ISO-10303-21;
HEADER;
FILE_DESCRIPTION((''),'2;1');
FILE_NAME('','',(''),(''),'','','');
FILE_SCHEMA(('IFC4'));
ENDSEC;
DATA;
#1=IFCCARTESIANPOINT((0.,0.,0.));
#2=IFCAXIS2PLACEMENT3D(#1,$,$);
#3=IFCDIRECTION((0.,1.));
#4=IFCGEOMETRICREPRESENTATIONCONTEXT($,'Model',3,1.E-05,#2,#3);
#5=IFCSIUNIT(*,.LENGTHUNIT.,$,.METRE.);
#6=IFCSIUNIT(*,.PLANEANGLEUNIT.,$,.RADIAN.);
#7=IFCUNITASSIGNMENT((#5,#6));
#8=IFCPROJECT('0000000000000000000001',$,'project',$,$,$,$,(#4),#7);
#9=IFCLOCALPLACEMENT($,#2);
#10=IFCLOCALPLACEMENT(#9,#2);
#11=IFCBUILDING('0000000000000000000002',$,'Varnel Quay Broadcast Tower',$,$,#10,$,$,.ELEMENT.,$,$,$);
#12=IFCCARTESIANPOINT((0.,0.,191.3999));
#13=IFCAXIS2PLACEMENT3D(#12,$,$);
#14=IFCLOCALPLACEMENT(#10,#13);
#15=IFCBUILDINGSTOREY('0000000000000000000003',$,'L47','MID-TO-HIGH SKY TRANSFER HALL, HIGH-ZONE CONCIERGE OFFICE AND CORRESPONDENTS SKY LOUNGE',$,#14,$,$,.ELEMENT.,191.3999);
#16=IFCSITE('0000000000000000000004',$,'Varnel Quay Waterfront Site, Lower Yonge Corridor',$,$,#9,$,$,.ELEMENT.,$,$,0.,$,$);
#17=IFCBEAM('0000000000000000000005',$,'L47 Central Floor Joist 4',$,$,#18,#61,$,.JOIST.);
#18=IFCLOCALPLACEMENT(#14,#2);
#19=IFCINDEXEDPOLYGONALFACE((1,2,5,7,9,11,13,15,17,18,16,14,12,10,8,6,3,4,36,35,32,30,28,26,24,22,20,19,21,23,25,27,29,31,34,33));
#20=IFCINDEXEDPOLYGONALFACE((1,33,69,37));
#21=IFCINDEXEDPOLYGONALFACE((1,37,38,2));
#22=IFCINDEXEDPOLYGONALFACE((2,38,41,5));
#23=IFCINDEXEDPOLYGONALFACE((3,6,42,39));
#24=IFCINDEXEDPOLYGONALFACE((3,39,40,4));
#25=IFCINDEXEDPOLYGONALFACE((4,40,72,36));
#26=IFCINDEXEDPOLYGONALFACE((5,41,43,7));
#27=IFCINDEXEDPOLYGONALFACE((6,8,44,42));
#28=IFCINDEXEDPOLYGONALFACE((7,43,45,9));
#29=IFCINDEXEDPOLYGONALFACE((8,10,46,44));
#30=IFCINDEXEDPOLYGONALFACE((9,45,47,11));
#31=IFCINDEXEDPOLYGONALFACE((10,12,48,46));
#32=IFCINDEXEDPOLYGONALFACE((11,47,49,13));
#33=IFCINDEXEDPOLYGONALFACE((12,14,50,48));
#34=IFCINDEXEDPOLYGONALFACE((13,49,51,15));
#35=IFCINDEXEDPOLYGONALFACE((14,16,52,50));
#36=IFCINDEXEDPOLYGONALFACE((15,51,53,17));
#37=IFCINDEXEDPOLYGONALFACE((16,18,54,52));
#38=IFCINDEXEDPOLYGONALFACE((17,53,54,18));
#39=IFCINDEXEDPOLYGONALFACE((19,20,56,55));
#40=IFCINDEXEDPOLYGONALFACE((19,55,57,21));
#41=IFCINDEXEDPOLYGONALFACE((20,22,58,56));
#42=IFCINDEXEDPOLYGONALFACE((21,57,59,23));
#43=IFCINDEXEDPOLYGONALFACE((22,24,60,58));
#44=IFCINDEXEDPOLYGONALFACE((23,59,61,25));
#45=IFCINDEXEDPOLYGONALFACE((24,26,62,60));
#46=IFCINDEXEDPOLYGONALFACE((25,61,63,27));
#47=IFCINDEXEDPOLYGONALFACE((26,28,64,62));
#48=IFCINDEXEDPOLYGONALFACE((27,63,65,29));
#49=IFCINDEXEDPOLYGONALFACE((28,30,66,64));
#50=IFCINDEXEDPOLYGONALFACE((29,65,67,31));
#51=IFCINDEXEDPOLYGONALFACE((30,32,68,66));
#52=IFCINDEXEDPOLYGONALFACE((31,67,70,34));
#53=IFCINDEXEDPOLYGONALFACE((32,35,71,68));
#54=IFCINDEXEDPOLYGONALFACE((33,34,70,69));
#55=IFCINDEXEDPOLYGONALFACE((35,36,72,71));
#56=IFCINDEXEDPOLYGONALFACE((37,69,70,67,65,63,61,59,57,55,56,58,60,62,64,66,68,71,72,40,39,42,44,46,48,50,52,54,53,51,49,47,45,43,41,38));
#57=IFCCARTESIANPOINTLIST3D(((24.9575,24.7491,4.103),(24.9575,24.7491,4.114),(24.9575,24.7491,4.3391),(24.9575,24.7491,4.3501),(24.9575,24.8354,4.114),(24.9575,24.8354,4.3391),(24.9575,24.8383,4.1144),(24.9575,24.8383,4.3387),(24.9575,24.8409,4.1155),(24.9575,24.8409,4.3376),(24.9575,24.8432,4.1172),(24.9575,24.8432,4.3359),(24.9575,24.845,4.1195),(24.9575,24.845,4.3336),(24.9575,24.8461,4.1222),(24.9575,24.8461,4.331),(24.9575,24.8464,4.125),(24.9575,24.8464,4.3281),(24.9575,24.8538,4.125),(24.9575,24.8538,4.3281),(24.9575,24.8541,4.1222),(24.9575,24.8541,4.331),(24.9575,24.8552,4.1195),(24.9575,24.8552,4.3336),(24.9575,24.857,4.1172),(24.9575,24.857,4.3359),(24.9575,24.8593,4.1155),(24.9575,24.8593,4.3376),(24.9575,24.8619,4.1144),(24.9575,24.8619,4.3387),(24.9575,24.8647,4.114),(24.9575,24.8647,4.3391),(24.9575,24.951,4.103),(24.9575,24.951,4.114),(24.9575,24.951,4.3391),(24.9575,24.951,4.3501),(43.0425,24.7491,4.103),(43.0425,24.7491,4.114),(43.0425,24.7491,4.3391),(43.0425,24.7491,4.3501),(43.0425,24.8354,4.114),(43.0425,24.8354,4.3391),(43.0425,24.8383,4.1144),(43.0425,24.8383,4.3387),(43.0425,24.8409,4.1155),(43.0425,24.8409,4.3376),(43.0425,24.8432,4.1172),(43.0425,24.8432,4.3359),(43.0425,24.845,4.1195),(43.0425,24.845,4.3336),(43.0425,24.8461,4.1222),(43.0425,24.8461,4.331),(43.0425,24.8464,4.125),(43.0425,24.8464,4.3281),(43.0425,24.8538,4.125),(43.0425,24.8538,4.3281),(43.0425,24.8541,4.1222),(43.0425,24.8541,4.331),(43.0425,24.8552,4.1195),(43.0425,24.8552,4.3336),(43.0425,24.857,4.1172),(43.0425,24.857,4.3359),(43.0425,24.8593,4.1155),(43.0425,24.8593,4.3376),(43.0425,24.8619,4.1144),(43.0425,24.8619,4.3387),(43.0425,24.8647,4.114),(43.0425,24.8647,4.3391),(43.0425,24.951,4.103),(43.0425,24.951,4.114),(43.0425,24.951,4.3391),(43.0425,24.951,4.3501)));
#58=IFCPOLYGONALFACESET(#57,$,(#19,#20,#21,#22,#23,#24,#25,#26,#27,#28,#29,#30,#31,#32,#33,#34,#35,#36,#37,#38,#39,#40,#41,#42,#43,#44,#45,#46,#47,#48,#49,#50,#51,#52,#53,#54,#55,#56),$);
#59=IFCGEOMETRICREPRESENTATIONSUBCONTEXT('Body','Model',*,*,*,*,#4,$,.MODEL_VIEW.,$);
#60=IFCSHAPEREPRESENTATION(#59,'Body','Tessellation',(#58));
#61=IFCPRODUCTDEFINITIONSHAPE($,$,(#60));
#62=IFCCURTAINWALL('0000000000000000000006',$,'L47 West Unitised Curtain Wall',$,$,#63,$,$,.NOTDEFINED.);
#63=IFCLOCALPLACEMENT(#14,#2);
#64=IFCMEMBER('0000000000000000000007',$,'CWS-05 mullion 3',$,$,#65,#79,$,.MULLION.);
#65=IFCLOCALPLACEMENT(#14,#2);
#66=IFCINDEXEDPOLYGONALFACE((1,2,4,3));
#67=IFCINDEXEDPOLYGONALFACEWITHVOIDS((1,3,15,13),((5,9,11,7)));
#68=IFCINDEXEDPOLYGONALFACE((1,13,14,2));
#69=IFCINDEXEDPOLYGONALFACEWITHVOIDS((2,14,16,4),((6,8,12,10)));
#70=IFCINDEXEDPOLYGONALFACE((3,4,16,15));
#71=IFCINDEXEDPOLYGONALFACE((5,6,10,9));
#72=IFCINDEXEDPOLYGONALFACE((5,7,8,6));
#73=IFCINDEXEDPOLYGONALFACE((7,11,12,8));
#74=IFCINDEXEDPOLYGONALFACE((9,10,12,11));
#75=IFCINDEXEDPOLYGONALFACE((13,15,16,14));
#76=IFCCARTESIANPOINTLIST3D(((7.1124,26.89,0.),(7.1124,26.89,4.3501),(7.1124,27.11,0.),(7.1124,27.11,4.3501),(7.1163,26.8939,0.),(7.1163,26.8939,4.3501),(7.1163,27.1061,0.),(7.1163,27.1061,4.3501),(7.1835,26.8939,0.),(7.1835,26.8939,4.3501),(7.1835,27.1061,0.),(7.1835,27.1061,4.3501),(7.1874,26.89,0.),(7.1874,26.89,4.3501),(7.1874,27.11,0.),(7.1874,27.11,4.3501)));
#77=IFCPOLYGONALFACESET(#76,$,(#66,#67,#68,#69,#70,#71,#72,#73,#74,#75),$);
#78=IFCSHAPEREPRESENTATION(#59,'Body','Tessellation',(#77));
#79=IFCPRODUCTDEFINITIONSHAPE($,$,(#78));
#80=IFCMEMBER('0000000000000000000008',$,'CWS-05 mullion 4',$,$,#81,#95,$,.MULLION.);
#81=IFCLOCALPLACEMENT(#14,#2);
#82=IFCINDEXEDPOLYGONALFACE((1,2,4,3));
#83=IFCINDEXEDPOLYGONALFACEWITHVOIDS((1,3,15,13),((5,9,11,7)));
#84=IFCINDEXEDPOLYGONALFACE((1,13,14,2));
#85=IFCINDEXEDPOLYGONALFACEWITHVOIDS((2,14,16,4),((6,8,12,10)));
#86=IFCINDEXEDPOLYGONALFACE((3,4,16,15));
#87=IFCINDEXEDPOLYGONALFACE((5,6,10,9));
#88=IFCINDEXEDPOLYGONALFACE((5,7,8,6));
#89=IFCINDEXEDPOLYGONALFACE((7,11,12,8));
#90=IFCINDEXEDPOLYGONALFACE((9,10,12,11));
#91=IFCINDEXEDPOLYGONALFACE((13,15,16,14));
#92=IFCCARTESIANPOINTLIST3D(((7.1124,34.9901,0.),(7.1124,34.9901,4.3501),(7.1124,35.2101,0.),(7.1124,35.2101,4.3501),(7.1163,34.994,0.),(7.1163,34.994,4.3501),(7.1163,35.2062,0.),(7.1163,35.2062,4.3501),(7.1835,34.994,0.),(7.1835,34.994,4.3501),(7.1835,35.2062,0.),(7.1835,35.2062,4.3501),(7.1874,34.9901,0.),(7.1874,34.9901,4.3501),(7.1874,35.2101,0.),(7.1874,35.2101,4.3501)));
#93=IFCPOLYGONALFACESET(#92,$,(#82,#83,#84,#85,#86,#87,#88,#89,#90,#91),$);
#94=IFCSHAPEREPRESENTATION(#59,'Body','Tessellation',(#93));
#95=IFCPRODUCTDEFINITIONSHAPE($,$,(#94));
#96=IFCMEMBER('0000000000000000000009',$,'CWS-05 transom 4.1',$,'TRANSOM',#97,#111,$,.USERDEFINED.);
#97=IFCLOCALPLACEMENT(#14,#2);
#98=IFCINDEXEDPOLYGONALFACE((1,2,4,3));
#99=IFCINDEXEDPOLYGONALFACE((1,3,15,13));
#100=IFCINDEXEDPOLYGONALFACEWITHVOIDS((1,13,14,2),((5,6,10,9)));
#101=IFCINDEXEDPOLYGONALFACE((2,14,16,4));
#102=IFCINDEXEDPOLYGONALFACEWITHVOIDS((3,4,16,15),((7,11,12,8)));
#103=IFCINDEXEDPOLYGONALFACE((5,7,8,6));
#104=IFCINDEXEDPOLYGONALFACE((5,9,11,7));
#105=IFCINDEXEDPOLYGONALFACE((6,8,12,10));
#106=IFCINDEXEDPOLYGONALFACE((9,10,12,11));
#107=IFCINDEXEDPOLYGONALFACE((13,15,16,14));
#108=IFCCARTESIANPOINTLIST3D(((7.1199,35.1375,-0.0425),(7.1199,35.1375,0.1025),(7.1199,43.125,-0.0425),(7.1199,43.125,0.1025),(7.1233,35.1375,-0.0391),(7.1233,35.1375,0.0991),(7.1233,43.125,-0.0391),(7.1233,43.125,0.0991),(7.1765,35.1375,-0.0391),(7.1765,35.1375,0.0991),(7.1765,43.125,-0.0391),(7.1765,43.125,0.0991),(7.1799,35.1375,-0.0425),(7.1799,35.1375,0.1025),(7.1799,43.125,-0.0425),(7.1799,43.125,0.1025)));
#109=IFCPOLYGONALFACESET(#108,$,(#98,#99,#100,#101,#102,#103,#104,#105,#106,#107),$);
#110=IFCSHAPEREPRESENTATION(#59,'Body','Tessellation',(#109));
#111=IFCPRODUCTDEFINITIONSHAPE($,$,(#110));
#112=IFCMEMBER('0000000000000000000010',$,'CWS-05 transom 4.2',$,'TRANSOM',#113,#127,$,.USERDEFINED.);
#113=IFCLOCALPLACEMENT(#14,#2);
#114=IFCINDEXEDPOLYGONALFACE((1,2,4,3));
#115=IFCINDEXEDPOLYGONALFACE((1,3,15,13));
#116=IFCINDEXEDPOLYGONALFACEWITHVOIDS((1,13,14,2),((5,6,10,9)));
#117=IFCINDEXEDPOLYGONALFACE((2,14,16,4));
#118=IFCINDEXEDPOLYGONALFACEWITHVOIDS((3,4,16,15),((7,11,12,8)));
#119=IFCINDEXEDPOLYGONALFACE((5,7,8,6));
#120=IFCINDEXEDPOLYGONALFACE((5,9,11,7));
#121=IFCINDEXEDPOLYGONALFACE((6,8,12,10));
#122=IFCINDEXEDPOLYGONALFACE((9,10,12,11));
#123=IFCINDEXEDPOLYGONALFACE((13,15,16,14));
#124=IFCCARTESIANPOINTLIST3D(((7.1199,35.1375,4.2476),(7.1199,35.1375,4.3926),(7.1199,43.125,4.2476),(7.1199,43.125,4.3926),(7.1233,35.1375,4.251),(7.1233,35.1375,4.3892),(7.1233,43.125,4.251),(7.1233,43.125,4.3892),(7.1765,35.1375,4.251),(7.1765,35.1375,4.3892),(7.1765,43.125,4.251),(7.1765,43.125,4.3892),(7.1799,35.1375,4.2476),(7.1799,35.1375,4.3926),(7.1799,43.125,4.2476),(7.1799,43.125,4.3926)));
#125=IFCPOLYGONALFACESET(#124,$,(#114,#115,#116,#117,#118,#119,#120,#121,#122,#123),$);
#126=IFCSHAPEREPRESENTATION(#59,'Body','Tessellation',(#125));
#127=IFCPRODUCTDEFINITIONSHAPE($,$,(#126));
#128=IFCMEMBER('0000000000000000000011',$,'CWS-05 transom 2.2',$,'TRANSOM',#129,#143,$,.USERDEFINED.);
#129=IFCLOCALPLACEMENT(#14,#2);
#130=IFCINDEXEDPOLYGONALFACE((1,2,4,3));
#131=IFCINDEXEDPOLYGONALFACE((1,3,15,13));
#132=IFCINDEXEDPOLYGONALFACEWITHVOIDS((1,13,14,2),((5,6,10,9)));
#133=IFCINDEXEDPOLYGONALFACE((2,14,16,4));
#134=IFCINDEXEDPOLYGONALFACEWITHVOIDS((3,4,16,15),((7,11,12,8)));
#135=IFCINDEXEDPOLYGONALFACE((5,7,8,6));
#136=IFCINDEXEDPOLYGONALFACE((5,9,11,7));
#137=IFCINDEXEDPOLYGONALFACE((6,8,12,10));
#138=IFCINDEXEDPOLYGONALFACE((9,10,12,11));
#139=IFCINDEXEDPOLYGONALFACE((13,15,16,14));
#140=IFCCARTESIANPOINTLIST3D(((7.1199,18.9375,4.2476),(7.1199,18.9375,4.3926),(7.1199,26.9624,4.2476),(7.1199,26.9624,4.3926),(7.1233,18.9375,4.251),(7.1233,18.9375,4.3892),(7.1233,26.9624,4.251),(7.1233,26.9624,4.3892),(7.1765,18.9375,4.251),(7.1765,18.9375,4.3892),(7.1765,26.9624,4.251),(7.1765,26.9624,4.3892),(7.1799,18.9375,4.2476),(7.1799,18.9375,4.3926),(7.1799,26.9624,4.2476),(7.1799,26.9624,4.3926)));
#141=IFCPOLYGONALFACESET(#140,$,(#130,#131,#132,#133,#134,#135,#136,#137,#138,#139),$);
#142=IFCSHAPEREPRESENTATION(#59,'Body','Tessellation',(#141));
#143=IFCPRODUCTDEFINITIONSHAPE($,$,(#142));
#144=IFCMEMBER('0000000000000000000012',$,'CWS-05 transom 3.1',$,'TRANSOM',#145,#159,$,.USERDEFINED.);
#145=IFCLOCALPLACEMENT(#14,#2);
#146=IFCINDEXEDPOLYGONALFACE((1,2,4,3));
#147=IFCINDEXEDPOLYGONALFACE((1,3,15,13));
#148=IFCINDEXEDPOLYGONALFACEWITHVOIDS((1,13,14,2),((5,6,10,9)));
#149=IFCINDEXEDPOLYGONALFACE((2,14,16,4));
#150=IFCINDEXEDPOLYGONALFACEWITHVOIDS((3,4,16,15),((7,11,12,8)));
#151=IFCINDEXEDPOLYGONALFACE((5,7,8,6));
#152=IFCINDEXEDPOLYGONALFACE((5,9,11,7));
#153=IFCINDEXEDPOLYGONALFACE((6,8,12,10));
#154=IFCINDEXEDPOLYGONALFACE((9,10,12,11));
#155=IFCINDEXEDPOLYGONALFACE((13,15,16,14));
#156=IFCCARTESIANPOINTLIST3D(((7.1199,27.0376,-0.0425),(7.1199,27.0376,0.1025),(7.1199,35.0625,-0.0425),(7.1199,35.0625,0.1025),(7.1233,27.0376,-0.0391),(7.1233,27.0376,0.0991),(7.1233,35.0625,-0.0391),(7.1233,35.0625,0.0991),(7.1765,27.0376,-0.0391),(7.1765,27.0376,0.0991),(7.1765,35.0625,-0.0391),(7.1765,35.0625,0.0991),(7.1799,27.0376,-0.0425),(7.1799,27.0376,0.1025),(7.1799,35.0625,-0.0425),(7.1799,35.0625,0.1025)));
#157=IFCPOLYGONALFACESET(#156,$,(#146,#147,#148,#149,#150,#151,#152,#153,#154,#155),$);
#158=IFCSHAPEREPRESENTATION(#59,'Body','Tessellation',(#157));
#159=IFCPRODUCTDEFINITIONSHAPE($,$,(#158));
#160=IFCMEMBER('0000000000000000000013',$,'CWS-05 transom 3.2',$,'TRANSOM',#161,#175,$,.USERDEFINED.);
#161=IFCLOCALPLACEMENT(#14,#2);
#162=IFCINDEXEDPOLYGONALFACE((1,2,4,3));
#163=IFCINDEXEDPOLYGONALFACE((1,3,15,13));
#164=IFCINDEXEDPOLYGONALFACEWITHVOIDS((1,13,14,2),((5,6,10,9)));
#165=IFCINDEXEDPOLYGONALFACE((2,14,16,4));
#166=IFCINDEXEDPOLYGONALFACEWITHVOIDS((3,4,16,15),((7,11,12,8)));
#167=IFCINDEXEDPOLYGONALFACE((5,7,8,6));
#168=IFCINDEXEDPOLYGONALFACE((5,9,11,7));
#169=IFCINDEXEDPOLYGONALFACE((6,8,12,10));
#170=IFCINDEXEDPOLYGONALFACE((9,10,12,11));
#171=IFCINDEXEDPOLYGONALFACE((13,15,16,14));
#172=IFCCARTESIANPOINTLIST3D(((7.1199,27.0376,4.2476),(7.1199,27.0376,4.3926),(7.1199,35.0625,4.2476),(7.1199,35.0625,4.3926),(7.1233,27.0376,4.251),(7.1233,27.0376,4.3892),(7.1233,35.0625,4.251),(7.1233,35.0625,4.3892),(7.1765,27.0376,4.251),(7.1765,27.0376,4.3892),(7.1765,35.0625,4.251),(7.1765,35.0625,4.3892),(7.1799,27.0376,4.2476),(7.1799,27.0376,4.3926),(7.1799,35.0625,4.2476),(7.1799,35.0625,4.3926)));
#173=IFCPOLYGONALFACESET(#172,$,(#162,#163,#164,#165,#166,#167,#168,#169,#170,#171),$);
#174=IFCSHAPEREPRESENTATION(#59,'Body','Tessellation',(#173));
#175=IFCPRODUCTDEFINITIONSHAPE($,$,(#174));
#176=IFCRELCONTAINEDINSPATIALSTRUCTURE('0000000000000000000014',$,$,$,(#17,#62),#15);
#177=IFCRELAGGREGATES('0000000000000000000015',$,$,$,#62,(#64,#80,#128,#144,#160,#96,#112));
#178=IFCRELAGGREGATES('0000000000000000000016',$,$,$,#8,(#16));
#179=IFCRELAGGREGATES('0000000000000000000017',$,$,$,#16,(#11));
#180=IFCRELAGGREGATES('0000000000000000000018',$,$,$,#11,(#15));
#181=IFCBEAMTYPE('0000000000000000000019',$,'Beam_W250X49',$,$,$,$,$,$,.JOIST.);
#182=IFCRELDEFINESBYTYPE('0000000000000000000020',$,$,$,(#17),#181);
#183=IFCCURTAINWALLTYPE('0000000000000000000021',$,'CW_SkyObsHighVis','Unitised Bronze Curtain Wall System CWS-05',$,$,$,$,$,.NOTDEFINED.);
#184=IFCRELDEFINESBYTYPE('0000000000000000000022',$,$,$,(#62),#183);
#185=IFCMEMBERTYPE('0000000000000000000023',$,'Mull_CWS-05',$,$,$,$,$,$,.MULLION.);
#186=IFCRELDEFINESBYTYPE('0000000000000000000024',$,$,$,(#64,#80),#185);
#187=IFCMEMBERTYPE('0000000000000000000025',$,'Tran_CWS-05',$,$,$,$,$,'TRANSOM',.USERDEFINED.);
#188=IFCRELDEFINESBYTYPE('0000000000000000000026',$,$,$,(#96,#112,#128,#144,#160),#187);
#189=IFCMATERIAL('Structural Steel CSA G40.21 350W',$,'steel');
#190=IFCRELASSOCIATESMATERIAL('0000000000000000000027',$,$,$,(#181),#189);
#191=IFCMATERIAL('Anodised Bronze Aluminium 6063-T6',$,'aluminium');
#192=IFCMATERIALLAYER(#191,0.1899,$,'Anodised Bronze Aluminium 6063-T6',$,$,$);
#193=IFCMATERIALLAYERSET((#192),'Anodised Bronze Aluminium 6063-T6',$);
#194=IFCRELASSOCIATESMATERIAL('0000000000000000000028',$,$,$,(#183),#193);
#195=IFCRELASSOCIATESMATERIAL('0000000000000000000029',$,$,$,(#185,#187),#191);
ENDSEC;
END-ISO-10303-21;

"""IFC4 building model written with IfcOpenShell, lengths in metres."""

from ifc_helpers import new_model, si_unit, direction, frame, origin, origin_2d, place, context, subcontext, project, spatial, hollow_rectangle, i_section, extrude, source, transform, mapped, material, layer, layer_set, material_profile, profile_set, type_object, type_shapes, element, aggregate, save


model = new_model("IFC4")

# Units and contexts
model_context = context("Model", 3, precision=1e-05, world=origin(), true_north=direction((0.0, 1.0)))
body_context = subcontext(model_context, "Body", "Model", "MODEL_VIEW")
ifc_project = project(units=[si_unit("LENGTHUNIT", "METRE"), si_unit("PLANEANGLEUNIT", "RADIAN")], contexts=[model_context])

# Site, building, storey
site_placement = place(None, origin())
site = spatial("IfcSite", under=ifc_project, at=site_placement, Name="Varnel Quay Waterfront Site, Lower Yonge Corridor", CompositionType="ELEMENT", RefElevation=0.0)
building_placement = place(site_placement, origin())
building = spatial("IfcBuilding", under=site, at=building_placement, Name="Varnel Quay Broadcast Tower", CompositionType="ELEMENT")
storey_placement = place(building_placement, frame((0.0, 0.0, 191.3999)))
storey = spatial("IfcBuildingStorey", under=building, at=storey_placement, Name="L47", Description="MID-TO-HIGH SKY TRANSFER HALL, HIGH-ZONE CONCIERGE OFFICE AND CORRESPONDENTS SKY LOUNGE", CompositionType="ELEMENT", Elevation=191.3999)

# Shared definitions
ifc_material_1 = material(Name="Structural Steel CSA G40.21 350W", Category="steel")

# Beam
ifc_material_profile_1 = material_profile(ifc_material_1, i_section(OverallWidth=0.2019, OverallDepth=0.2471, WebThickness=0.0073, FlangeThickness=0.011, FilletRadius=0.011, at=origin_2d()), Name="W250X49")
ifc_profile_set_1 = profile_set([ifc_material_profile_1], Name="Structural Steel CSA G40.21 350W")
beam_type_1 = type_object("IfcBeamType", Name="Beam_W250X49", PredefinedType="JOIST", material=ifc_profile_set_1)
shared_shape_1 = source(origin(), body_context, "Body", "SweptSolid", [
    extrude(i_section(OverallWidth=0.2019, OverallDepth=0.2471, WebThickness=0.0073, FlangeThickness=0.011, FilletRadius=0.011, at=origin_2d()), origin(), (0.0, 0.0, 1.0), 18.085),
])
beam_1_placement = place(storey_placement, frame((24.9575, 24.8501, 4.2266), z_axis=(1.0, 0.0, 0.0), x_axis=(0.0, 1.0, 0.0)))
element("IfcBeam", 1, at=beam_1_placement, inside=storey, type_object=beam_type_1, Name="L47 Central Floor Joist 4", PredefinedType="JOIST", context=body_context, shape_type="MappedRepresentation", body=[
    mapped(shared_shape_1, transform((0.0, 0.0, 0.0), x_axis=(1.0, 0.0, 0.0), y_axis=(0.0, 1.0, 0.0), z_axis=(0.0, 0.0, 1.0), scale=1.0)),
])

# Curtain wall, members
ifc_material_2 = material(Name="Anodised Bronze Aluminium 6063-T6", Category="aluminium")
ifc_layer_1 = layer(ifc_material_2, 0.1899, Name="Anodised Bronze Aluminium 6063-T6")
ifc_layer_set_1 = layer_set([ifc_layer_1], Name="Anodised Bronze Aluminium 6063-T6")
curtain_wall_type = type_object("IfcCurtainWallType", Name="CW_SkyObsHighVis", Description="Unitised Bronze Curtain Wall System CWS-05", PredefinedType="NOTDEFINED", material=ifc_layer_set_1)
curtain_wall_placement = place(storey_placement, origin())
curtain_wall = element("IfcCurtainWall", 2, at=curtain_wall_placement, inside=storey, type_object=curtain_wall_type, Name="L47 West Unitised Curtain Wall", PredefinedType="NOTDEFINED")
ifc_material_profile_2 = material_profile(ifc_material_2, hollow_rectangle(XDim=0.075, YDim=0.22, WallThickness=0.0039, at=origin_2d()), Name="ALU75X220X4")
ifc_profile_set_2 = profile_set([ifc_material_profile_2], Name="Anodised Bronze Aluminium 6063-T6")
member_type_1 = type_object("IfcMemberType", Name="Mull_CWS-05", PredefinedType="MULLION", material=ifc_profile_set_2)
shared_shape_2 = source(origin(), body_context, "Body", "SweptSolid", [
    extrude(hollow_rectangle(XDim=0.075, YDim=0.22, WallThickness=0.0039, at=origin_2d()), origin(), (0.0, 0.0, 1.0), 4.3501),
])
type_shapes(member_type_1, [shared_shape_2])
member_1_placement = place(storey_placement, frame((7.1499, 27.0, 0.0), z_axis=(0.0, 0.0, 1.0), x_axis=(-1.0, 0.0, 0.0)))
member_1 = element("IfcMember", 3, at=member_1_placement, type_object=member_type_1, Name="CWS-05 mullion 3", PredefinedType="MULLION", context=body_context, shape_type="MappedRepresentation", body=[
    mapped(shared_shape_2, transform((0.0, 0.0, 0.0), x_axis=(1.0, 0.0, 0.0), y_axis=(0.0, 1.0, 0.0), z_axis=(0.0, 0.0, 1.0), scale=1.0)),
])
member_2_placement = place(storey_placement, frame((7.1499, 35.1001, 0.0), z_axis=(0.0, 0.0, 1.0), x_axis=(-1.0, 0.0, 0.0)))
member_2 = element("IfcMember", 4, at=member_2_placement, type_object=member_type_1, Name="CWS-05 mullion 4", PredefinedType="MULLION", context=body_context, shape_type="MappedRepresentation", body=[
    mapped(shared_shape_2, transform((0.0, 0.0, 0.0), x_axis=(1.0, 0.0, 0.0), y_axis=(0.0, 1.0, 0.0), z_axis=(0.0, 0.0, 1.0), scale=1.0)),
])
ifc_material_profile_3 = material_profile(ifc_material_2, hollow_rectangle(XDim=0.0601, YDim=0.145, WallThickness=0.0034, at=origin_2d()), Name="ALU60X145X3.5")
ifc_profile_set_3 = profile_set([ifc_material_profile_3], Name="Anodised Bronze Aluminium 6063-T6")
member_type_2 = type_object("IfcMemberType", Name="Tran_CWS-05", ElementType="TRANSOM", PredefinedType="USERDEFINED", material=ifc_profile_set_3)
shared_shape_3 = source(origin(), body_context, "Body", "SweptSolid", [
    extrude(hollow_rectangle(XDim=0.0601, YDim=0.145, WallThickness=0.0034, at=origin_2d()), origin(), (0.0, 0.0, 1.0), 7.9875),
])
member_3_placement = place(storey_placement, frame((7.1499, 35.1375, 0.03), z_axis=(0.0, 1.0, 0.0), x_axis=(-1.0, 0.0, 0.0)))
member_3 = element("IfcMember", 5, at=member_3_placement, type_object=member_type_2, Name="CWS-05 transom 4.1", ObjectType="TRANSOM", PredefinedType="USERDEFINED", context=body_context, shape_type="MappedRepresentation", body=[
    mapped(shared_shape_3, transform((0.0, 0.0, 0.0), x_axis=(1.0, 0.0, 0.0), y_axis=(0.0, 1.0, 0.0), z_axis=(0.0, 0.0, 1.0), scale=1.0)),
])
member_4_placement = place(storey_placement, frame((7.1499, 35.1375, 4.3201), z_axis=(0.0, 1.0, 0.0), x_axis=(-1.0, 0.0, 0.0)))
member_4 = element("IfcMember", 6, at=member_4_placement, type_object=member_type_2, Name="CWS-05 transom 4.2", ObjectType="TRANSOM", PredefinedType="USERDEFINED", context=body_context, shape_type="MappedRepresentation", body=[
    mapped(shared_shape_3, transform((0.0, 0.0, 0.0), x_axis=(1.0, 0.0, 0.0), y_axis=(0.0, 1.0, 0.0), z_axis=(0.0, 0.0, 1.0), scale=1.0)),
])
shared_shape_4 = source(origin(), body_context, "Body", "SweptSolid", [
    extrude(hollow_rectangle(XDim=0.0601, YDim=0.145, WallThickness=0.0034, at=origin_2d()), origin(), (0.0, 0.0, 1.0), 8.0249),
])
type_shapes(member_type_2, [shared_shape_3, shared_shape_4])
member_5_placement = place(storey_placement, frame((7.1499, 18.9375, 4.3201), z_axis=(0.0, 1.0, 0.0), x_axis=(-1.0, 0.0, 0.0)))
member_5 = element("IfcMember", 7, at=member_5_placement, type_object=member_type_2, Name="CWS-05 transom 2.2", ObjectType="TRANSOM", PredefinedType="USERDEFINED", context=body_context, shape_type="MappedRepresentation", body=[
    mapped(shared_shape_4, transform((0.0, 0.0, 0.0), x_axis=(1.0, 0.0, 0.0), y_axis=(0.0, 1.0, 0.0), z_axis=(0.0, 0.0, 1.0), scale=1.0)),
])
member_6_placement = place(storey_placement, frame((7.1499, 27.0376, 0.03), z_axis=(0.0, 1.0, 0.0), x_axis=(-1.0, 0.0, 0.0)))
member_6 = element("IfcMember", 8, at=member_6_placement, type_object=member_type_2, Name="CWS-05 transom 3.1", ObjectType="TRANSOM", PredefinedType="USERDEFINED", context=body_context, shape_type="MappedRepresentation", body=[
    mapped(shared_shape_4, transform((0.0, 0.0, 0.0), x_axis=(1.0, 0.0, 0.0), y_axis=(0.0, 1.0, 0.0), z_axis=(0.0, 0.0, 1.0), scale=1.0)),
])
member_7_placement = place(storey_placement, frame((7.1499, 27.0376, 4.3201), z_axis=(0.0, 1.0, 0.0), x_axis=(-1.0, 0.0, 0.0)))
member_7 = element("IfcMember", 9, at=member_7_placement, type_object=member_type_2, Name="CWS-05 transom 3.2", ObjectType="TRANSOM", PredefinedType="USERDEFINED", context=body_context, shape_type="MappedRepresentation", body=[
    mapped(shared_shape_4, transform((0.0, 0.0, 0.0), x_axis=(1.0, 0.0, 0.0), y_axis=(0.0, 1.0, 0.0), z_axis=(0.0, 0.0, 1.0), scale=1.0)),
])
aggregate(curtain_wall, [member_1, member_2, member_5, member_6, member_7, member_3, member_4])

save(model, "model.ifc")
